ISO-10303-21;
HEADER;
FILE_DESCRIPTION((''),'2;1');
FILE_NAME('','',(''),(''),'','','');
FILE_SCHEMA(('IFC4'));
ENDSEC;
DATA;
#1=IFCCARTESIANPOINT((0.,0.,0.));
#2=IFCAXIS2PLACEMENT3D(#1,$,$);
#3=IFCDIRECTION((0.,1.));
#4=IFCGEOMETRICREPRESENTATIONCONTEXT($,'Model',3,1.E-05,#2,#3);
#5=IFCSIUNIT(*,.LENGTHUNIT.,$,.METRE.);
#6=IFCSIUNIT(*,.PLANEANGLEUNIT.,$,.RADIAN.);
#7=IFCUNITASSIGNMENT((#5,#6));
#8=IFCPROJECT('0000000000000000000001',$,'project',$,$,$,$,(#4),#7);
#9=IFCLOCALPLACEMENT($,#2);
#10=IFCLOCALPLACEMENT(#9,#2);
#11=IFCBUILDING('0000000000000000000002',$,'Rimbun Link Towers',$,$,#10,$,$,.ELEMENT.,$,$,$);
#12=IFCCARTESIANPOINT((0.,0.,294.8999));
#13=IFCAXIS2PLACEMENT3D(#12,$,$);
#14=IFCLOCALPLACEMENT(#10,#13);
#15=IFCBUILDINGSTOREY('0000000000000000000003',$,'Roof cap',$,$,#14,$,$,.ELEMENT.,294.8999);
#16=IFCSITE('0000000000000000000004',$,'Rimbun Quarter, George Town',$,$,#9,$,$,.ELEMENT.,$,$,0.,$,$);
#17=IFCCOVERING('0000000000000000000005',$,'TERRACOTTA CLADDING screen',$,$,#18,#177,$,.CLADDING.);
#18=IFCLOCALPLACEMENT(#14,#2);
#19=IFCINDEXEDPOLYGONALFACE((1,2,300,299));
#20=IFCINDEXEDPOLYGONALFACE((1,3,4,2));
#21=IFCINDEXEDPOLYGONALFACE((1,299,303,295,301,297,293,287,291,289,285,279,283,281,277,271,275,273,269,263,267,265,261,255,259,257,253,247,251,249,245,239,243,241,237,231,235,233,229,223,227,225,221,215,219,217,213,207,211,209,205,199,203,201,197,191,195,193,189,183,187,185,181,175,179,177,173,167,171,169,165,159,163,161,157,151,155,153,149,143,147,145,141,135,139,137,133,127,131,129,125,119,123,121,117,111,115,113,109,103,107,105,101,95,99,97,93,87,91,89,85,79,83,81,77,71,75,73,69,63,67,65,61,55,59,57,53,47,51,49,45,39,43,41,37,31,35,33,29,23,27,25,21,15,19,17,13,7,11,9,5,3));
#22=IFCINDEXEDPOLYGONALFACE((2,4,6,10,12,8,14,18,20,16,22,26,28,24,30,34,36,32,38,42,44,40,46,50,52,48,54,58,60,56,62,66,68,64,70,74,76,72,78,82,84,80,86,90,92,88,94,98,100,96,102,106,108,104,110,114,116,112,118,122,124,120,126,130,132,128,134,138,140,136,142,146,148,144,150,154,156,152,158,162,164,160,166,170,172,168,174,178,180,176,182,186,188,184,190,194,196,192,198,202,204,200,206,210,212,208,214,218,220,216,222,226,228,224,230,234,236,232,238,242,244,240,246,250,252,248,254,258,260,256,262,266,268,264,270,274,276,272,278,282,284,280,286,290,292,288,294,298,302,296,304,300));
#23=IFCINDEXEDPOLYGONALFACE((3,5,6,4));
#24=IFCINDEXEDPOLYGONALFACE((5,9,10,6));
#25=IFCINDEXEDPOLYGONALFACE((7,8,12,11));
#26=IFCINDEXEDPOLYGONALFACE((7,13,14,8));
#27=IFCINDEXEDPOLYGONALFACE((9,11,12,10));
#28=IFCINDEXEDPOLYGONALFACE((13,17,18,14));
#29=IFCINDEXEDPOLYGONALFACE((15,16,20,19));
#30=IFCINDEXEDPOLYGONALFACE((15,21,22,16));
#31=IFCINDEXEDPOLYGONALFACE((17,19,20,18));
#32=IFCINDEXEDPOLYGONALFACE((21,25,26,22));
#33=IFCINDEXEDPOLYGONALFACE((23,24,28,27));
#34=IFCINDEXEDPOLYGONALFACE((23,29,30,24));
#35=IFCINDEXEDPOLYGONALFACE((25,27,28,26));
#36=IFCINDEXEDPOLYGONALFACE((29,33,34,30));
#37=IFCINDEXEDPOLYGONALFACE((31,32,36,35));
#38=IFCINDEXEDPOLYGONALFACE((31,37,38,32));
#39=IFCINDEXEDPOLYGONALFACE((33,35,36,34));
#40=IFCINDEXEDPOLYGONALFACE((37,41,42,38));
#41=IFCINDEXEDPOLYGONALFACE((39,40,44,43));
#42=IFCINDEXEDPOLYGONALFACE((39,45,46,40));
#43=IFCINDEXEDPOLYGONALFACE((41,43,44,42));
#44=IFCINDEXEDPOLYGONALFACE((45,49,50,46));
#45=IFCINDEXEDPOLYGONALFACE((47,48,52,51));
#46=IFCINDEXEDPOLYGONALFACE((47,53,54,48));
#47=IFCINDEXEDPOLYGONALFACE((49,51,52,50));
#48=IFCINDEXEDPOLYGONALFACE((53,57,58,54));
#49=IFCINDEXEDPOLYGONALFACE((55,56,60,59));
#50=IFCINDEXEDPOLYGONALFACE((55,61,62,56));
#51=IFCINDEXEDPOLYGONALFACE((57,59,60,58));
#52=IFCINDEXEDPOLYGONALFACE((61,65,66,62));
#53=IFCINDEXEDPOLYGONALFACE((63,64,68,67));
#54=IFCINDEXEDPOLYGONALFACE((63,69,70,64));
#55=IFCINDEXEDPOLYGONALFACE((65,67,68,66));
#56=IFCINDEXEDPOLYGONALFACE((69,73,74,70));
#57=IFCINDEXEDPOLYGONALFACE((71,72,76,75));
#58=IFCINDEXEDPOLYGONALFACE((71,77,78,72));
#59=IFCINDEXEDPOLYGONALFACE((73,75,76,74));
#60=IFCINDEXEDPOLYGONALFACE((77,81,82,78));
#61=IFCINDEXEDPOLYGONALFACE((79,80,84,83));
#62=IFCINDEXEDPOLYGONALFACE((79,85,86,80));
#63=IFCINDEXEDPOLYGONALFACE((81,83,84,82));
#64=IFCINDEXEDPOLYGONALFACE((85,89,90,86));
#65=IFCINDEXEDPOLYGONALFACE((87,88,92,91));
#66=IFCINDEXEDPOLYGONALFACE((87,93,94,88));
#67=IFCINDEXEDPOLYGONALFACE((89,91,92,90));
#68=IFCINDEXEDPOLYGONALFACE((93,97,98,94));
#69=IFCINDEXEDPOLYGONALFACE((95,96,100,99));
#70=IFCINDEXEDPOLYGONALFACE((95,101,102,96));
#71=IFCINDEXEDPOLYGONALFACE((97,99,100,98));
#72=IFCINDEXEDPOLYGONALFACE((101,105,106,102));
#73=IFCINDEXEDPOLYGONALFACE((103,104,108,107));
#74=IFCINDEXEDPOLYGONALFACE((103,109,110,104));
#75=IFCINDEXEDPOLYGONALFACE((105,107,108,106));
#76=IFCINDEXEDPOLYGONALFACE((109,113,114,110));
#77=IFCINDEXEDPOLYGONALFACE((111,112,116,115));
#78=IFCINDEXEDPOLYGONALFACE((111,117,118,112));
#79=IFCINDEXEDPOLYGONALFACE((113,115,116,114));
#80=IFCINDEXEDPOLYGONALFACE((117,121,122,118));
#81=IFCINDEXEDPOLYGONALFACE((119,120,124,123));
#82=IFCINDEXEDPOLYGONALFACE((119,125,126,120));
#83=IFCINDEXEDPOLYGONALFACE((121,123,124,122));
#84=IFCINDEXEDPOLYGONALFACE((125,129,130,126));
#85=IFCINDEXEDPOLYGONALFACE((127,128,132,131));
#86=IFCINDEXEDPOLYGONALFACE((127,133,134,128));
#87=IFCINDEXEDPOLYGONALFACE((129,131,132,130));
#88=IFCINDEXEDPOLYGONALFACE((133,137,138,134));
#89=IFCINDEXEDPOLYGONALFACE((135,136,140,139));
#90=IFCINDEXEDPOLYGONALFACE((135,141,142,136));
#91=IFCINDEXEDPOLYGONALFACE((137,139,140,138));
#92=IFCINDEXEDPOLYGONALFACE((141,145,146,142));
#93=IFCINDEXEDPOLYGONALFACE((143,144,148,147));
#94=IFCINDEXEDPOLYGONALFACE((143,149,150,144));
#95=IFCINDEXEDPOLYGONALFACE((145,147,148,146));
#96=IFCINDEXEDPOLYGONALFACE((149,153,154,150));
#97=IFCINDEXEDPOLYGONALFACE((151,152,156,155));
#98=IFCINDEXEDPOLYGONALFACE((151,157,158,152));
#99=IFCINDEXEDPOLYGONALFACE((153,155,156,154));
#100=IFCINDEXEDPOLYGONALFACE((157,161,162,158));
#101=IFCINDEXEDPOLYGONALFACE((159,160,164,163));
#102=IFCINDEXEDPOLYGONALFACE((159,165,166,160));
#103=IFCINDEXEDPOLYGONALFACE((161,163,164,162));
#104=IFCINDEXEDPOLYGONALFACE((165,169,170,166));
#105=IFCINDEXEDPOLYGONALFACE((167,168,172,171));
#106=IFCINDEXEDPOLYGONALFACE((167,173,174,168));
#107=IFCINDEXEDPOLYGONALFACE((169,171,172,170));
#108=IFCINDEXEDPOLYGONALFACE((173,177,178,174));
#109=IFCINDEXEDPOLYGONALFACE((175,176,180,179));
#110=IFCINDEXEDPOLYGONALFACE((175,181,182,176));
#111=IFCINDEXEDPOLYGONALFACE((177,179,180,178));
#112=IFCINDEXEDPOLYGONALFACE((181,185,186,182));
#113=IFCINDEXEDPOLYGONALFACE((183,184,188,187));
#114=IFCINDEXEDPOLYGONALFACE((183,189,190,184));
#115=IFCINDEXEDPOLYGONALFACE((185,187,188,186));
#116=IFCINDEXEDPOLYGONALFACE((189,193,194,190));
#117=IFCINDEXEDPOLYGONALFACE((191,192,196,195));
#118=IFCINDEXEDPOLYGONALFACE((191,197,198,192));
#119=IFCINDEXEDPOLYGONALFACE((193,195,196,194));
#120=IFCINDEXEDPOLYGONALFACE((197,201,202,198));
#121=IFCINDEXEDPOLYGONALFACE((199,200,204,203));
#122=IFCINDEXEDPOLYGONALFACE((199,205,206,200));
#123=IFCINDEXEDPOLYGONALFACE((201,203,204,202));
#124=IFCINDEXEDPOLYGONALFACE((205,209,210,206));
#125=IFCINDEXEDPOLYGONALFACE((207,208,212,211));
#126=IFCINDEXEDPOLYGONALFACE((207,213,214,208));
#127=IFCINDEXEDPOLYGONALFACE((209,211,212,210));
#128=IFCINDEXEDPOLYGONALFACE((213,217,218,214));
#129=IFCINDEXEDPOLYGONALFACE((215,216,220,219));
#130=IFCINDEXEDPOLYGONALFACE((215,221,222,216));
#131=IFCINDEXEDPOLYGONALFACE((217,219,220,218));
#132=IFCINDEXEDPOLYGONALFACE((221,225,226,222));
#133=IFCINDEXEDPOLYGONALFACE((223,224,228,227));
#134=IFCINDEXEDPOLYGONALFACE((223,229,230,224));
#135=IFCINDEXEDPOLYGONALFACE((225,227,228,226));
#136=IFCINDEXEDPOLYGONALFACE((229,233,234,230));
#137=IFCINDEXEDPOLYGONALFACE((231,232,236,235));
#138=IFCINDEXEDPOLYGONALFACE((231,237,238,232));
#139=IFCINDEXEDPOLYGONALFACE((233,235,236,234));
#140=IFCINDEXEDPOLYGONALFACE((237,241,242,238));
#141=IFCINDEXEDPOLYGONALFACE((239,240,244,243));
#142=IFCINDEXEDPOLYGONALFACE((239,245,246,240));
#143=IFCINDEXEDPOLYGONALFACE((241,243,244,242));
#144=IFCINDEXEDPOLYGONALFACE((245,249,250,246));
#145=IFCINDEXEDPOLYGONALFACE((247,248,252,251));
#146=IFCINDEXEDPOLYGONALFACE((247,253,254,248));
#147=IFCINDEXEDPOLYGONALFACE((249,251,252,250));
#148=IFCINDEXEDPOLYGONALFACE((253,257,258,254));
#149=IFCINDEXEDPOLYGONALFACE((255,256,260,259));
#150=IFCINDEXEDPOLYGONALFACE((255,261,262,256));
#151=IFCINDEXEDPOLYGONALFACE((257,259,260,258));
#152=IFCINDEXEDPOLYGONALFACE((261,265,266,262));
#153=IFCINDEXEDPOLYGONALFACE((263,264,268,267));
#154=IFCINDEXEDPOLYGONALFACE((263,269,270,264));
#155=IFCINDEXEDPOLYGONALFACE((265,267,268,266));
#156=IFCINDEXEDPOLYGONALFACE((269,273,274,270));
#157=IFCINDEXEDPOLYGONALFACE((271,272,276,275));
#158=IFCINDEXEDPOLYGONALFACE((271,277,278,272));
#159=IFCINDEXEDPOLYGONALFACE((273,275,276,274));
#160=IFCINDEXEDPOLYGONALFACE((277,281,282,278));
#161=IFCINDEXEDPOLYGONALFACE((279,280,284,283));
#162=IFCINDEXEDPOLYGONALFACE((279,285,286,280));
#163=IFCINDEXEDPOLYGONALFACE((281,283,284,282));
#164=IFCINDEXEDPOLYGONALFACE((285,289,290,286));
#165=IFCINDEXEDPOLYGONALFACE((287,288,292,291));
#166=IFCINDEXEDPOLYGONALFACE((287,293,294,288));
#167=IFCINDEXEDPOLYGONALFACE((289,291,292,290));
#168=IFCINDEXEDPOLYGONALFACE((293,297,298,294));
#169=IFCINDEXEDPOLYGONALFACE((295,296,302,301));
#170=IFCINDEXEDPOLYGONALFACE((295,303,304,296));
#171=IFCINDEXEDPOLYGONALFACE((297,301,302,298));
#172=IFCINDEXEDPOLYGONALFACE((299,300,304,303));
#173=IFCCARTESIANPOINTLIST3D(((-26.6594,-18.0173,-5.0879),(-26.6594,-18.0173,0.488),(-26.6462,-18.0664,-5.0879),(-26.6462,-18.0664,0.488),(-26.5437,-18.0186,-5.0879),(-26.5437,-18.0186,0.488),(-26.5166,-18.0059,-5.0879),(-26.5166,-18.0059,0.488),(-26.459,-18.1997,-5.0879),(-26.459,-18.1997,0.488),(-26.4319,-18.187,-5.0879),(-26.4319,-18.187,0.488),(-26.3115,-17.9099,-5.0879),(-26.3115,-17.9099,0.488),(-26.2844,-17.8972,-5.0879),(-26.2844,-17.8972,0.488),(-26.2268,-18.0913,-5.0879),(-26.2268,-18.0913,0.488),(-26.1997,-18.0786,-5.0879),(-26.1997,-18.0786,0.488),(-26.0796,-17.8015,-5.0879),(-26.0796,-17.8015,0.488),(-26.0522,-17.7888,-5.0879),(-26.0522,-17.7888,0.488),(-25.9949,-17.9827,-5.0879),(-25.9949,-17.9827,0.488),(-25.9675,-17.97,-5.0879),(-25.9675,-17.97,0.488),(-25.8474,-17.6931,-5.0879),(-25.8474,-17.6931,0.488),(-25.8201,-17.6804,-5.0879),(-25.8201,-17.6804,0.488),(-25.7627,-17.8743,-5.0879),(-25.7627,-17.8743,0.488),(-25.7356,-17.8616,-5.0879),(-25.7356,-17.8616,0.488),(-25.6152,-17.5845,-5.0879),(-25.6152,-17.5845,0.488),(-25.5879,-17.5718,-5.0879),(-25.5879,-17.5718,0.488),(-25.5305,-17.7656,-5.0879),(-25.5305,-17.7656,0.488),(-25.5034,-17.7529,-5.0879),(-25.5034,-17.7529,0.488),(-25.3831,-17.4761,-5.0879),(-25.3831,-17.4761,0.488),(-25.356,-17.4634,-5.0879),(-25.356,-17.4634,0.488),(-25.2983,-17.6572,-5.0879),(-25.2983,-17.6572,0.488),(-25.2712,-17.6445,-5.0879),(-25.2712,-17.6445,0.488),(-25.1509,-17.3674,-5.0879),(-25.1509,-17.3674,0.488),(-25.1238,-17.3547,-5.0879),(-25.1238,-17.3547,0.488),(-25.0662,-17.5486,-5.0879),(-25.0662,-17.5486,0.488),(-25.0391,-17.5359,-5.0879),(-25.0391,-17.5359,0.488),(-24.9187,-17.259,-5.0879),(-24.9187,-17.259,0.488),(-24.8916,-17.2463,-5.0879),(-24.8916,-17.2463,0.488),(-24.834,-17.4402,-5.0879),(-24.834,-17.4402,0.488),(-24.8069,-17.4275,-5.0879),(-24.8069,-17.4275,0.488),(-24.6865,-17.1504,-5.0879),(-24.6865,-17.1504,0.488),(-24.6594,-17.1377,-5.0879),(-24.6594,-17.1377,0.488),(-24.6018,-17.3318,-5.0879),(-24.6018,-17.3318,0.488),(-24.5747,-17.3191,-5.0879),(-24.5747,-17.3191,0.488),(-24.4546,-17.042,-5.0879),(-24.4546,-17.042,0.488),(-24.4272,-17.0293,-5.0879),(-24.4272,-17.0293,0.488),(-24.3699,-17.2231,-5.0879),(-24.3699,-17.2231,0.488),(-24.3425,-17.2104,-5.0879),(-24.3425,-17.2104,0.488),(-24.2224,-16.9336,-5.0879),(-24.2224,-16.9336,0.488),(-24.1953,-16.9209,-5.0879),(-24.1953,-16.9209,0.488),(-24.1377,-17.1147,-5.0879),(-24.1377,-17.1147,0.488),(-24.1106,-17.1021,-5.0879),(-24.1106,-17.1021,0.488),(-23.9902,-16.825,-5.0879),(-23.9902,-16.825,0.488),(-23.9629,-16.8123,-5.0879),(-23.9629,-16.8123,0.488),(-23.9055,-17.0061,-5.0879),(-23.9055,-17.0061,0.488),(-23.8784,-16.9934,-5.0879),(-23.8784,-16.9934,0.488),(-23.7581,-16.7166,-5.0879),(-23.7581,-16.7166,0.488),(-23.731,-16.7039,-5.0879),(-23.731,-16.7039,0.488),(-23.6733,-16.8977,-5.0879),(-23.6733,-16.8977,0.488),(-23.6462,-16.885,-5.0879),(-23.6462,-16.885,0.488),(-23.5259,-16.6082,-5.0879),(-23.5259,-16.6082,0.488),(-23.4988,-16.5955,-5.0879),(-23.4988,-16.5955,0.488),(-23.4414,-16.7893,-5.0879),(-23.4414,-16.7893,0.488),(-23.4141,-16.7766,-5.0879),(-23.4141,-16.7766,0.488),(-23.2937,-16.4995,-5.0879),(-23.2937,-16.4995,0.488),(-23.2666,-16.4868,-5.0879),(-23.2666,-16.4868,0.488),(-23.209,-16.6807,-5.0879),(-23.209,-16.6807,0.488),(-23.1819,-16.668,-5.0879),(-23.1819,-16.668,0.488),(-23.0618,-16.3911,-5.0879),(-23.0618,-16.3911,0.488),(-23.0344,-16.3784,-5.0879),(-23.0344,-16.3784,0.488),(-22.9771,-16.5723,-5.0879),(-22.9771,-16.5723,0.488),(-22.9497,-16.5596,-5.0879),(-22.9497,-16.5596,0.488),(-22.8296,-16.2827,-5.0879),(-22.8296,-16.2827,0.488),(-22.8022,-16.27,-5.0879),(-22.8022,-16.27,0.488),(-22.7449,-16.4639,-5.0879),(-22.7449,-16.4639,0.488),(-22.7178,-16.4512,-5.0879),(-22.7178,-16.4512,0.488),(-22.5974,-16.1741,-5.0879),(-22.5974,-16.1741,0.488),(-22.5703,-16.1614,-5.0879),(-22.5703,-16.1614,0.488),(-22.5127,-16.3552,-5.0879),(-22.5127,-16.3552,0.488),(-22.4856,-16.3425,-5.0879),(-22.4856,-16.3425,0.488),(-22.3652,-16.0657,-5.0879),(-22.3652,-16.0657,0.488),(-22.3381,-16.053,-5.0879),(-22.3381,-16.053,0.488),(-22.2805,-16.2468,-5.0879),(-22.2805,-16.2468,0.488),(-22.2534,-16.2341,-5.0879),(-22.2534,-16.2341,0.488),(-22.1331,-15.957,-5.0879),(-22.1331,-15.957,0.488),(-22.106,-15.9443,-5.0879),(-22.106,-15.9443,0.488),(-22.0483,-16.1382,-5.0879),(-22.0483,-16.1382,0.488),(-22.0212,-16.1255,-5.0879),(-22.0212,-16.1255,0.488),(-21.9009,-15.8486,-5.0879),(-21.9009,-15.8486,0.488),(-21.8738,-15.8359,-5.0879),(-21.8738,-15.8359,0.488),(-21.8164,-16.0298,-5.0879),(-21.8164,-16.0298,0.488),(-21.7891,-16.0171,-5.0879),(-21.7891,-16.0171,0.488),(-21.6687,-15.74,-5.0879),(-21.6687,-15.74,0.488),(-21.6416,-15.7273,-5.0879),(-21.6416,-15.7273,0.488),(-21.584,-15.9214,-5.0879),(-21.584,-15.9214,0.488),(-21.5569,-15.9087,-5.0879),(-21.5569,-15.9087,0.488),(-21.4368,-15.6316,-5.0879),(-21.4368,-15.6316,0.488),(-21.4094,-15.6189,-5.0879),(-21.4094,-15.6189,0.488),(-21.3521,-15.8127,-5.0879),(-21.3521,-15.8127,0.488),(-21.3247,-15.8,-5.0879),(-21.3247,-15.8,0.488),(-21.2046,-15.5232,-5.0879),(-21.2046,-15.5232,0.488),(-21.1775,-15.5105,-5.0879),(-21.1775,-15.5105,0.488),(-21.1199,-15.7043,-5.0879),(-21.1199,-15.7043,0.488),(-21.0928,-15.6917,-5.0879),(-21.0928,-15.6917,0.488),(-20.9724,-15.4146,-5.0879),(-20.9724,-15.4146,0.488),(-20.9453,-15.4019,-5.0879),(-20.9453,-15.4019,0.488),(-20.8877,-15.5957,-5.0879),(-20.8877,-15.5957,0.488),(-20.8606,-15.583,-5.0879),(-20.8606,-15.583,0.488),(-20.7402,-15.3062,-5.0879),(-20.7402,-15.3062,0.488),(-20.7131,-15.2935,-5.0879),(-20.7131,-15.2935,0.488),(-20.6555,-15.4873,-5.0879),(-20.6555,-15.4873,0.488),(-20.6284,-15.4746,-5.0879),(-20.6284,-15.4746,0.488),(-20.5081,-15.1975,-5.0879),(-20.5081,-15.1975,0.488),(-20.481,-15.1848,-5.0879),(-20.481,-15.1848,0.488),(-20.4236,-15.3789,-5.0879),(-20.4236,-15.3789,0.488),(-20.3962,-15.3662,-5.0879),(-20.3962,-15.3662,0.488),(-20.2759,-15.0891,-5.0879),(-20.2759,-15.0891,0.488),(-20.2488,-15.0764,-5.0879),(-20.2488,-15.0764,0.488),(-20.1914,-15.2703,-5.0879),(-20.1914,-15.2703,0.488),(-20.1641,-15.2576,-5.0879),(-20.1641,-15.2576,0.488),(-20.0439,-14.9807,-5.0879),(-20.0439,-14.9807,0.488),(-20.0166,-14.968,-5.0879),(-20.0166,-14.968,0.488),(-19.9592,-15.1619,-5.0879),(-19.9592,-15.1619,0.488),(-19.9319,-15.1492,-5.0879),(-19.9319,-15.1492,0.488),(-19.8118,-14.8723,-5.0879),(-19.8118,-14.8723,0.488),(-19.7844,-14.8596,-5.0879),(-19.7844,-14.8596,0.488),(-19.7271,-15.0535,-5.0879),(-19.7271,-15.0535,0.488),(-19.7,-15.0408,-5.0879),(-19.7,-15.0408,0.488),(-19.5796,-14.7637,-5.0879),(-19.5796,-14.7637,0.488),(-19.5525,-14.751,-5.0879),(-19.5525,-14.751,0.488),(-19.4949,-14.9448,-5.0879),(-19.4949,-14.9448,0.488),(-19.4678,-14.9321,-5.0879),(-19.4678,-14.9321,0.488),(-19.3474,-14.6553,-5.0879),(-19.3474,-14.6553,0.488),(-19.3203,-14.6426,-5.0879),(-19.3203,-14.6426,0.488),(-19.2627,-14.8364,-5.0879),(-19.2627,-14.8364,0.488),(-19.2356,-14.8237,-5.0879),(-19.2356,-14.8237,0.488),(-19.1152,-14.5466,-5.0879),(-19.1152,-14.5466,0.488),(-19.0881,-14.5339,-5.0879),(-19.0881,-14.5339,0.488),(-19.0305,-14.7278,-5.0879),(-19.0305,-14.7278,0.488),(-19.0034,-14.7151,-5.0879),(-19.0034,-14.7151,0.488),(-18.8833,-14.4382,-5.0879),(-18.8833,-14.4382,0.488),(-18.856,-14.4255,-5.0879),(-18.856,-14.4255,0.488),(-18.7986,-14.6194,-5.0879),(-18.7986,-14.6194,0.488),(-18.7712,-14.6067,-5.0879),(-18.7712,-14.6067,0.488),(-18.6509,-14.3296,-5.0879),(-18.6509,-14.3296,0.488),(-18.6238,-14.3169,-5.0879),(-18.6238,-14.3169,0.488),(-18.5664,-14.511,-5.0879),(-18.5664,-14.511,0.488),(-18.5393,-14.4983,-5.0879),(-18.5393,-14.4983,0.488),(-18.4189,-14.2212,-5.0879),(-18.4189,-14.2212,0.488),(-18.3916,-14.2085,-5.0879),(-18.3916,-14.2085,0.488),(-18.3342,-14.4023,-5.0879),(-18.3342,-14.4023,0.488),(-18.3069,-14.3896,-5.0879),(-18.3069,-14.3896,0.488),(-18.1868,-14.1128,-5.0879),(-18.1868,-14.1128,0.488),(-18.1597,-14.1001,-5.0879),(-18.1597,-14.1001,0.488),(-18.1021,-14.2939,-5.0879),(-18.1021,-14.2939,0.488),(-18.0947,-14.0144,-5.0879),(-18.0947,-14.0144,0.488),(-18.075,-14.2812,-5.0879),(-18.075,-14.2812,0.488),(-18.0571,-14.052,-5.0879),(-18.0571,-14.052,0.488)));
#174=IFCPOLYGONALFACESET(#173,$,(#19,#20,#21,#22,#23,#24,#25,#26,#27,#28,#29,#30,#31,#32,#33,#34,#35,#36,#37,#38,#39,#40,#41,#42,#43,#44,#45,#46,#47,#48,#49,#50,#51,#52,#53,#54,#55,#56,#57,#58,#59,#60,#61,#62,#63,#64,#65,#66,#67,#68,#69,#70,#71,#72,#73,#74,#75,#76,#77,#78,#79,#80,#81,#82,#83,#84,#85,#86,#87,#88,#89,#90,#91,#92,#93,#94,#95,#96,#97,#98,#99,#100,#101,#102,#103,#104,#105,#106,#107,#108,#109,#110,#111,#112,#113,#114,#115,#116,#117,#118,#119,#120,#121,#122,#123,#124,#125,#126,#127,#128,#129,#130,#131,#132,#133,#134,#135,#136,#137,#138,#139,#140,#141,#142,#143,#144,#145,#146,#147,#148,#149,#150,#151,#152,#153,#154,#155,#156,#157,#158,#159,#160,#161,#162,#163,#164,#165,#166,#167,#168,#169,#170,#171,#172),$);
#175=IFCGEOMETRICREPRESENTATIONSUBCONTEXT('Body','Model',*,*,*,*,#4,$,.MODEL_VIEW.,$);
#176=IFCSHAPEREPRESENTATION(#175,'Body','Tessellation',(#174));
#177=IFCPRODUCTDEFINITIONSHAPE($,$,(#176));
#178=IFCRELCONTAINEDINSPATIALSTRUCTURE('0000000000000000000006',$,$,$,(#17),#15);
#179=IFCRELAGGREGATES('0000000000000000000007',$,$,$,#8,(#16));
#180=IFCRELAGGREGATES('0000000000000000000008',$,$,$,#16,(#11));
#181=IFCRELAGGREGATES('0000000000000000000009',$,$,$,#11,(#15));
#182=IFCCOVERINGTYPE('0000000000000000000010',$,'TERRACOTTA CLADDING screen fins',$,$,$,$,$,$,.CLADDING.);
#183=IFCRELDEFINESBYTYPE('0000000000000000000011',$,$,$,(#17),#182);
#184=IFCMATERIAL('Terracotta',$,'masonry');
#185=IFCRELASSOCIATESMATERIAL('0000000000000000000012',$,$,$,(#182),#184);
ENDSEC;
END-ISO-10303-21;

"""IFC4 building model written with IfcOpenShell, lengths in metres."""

from ifc_helpers import new_model, si_unit, direction, frame, origin, place, context, subcontext, project, spatial, polyline, outline, extrude, material, type_object, element, save


model = new_model("IFC4")

# Units and contexts
model_context = context("Model", 3, precision=1e-05, world=origin(), true_north=direction((0.0, 1.0)))
body_context = subcontext(model_context, "Body", "Model", "MODEL_VIEW")
ifc_project = project(units=[si_unit("LENGTHUNIT", "METRE"), si_unit("PLANEANGLEUNIT", "RADIAN")], contexts=[model_context])

# Site, building, storey
site_placement = place(None, origin())
site = spatial("IfcSite", under=ifc_project, at=site_placement, Name="Rimbun Quarter, George Town", CompositionType="ELEMENT", RefElevation=0.0)
building_placement = place(site_placement, origin())
building = spatial("IfcBuilding", under=site, at=building_placement, Name="Rimbun Link Towers", CompositionType="ELEMENT")
storey_placement = place(building_placement, frame((0.0, 0.0, 294.8999)))
storey = spatial("IfcBuildingStorey", under=building, at=storey_placement, Name="Roof cap", CompositionType="ELEMENT", Elevation=294.8999)

# Covering
ifc_material = material(Name="Terracotta", Category="masonry")
covering_type = type_object("IfcCoveringType", Name="TERRACOTTA CLADDING screen fins", PredefinedType="CLADDING", material=ifc_material)
covering_1_placement = place(storey_placement, frame((0.0, 0.0, -5.0879)))
element("IfcCovering", 1, at=covering_1_placement, inside=storey, type_object=covering_type, Name="TERRACOTTA CLADDING screen", PredefinedType="CLADDING", context=body_context, shape_type="SweptSolid", body=[
    extrude(outline(polyline([(-26.6462, -18.0664), (-26.5437, -18.0186), (-26.459, -18.1997), (-26.4319, -18.187), (-26.5166, -18.0059), (-26.3115, -17.9099), (-26.2268, -18.0913), (-26.1997, -18.0786), (-26.2844, -17.8972), (-26.0796, -17.8015), (-25.9949, -17.9827), (-25.9675, -17.97), (-26.0522, -17.7888), (-25.8474, -17.6931), (-25.7627, -17.8743), (-25.7356, -17.8616), (-25.8201, -17.6804), (-25.6152, -17.5845), (-25.5305, -17.7656), (-25.5034, -17.7529), (-25.5879, -17.5718), (-25.3831, -17.4761), (-25.2983, -17.6572), (-25.2712, -17.6445), (-25.356, -17.4634), (-25.1509, -17.3674), (-25.0662, -17.5486), (-25.0391, -17.5359), (-25.1238, -17.3547), (-24.9187, -17.259), (-24.834, -17.4402), (-24.8069, -17.4275), (-24.8916, -17.2463), (-24.6865, -17.1504), (-24.6018, -17.3318), (-24.5747, -17.3191), (-24.6594, -17.1377), (-24.4546, -17.042), (-24.3699, -17.2231), (-24.3425, -17.2104), (-24.4272, -17.0293), (-24.2224, -16.9336), (-24.1377, -17.1147), (-24.1106, -17.1021), (-24.1953, -16.9209), (-23.9902, -16.825), (-23.9055, -17.0061), (-23.8784, -16.9934), (-23.9629, -16.8123), (-23.7581, -16.7166), (-23.6733, -16.8977), (-23.6462, -16.885), (-23.731, -16.7039), (-23.5259, -16.6082), (-23.4414, -16.7893), (-23.4141, -16.7766), (-23.4988, -16.5955), (-23.2937, -16.4995), (-23.209, -16.6807), (-23.1819, -16.668), (-23.2666, -16.4868), (-23.0618, -16.3911), (-22.9771, -16.5723), (-22.9497, -16.5596), (-23.0344, -16.3784), (-22.8296, -16.2827), (-22.7449, -16.4639), (-22.7178, -16.4512), (-22.8022, -16.27), (-22.5974, -16.1741), (-22.5127, -16.3552), (-22.4856, -16.3425), (-22.5703, -16.1614), (-22.3652, -16.0657), (-22.2805, -16.2468), (-22.2534, -16.2341), (-22.3381, -16.053), (-22.1331, -15.957), (-22.0483, -16.1382), (-22.0212, -16.1255), (-22.106, -15.9443), (-21.9009, -15.8486), (-21.8164, -16.0298), (-21.7891, -16.0171), (-21.8738, -15.8359), (-21.6687, -15.74), (-21.584, -15.9214), (-21.5569, -15.9087), (-21.6416, -15.7273), (-21.4368, -15.6316), (-21.3521, -15.8127), (-21.3247, -15.8), (-21.4094, -15.6189), (-21.2046, -15.5232), (-21.1199, -15.7043), (-21.0928, -15.6917), (-21.1775, -15.5105), (-20.9724, -15.4146), (-20.8877, -15.5957), (-20.8606, -15.583), (-20.9453, -15.4019), (-20.7402, -15.3062), (-20.6555, -15.4873), (-20.6284, -15.4746), (-20.7131, -15.2935), (-20.5081, -15.1975), (-20.4236, -15.3789), (-20.3962, -15.3662), (-20.481, -15.1848), (-20.2759, -15.0891), (-20.1914, -15.2703), (-20.1641, -15.2576), (-20.2488, -15.0764), (-20.0439, -14.9807), (-19.9592, -15.1619), (-19.9319, -15.1492), (-20.0166, -14.968), (-19.8118, -14.8723), (-19.7271, -15.0535), (-19.7, -15.0408), (-19.7844, -14.8596), (-19.5796, -14.7637), (-19.4949, -14.9448), (-19.4678, -14.9321), (-19.5525, -14.751), (-19.3474, -14.6553), (-19.2627, -14.8364), (-19.2356, -14.8237), (-19.3203, -14.6426), (-19.1152, -14.5466), (-19.0305, -14.7278), (-19.0034, -14.7151), (-19.0881, -14.5339), (-18.8833, -14.4382), (-18.7986, -14.6194), (-18.7712, -14.6067), (-18.856, -14.4255), (-18.6509, -14.3296), (-18.5664, -14.511), (-18.5393, -14.4983), (-18.6238, -14.3169), (-18.4189, -14.2212), (-18.3342, -14.4023), (-18.3069, -14.3896), (-18.3916, -14.2085), (-18.1868, -14.1128), (-18.1021, -14.2939), (-18.075, -14.2812), (-18.1597, -14.1001), (-18.0571, -14.052), (-18.0947, -14.0144), (-26.6594, -18.0173), (-26.6462, -18.0664)])), origin(), (0.0, 0.0, 1.0), 5.5759),
])

save(model, "model.ifc")
